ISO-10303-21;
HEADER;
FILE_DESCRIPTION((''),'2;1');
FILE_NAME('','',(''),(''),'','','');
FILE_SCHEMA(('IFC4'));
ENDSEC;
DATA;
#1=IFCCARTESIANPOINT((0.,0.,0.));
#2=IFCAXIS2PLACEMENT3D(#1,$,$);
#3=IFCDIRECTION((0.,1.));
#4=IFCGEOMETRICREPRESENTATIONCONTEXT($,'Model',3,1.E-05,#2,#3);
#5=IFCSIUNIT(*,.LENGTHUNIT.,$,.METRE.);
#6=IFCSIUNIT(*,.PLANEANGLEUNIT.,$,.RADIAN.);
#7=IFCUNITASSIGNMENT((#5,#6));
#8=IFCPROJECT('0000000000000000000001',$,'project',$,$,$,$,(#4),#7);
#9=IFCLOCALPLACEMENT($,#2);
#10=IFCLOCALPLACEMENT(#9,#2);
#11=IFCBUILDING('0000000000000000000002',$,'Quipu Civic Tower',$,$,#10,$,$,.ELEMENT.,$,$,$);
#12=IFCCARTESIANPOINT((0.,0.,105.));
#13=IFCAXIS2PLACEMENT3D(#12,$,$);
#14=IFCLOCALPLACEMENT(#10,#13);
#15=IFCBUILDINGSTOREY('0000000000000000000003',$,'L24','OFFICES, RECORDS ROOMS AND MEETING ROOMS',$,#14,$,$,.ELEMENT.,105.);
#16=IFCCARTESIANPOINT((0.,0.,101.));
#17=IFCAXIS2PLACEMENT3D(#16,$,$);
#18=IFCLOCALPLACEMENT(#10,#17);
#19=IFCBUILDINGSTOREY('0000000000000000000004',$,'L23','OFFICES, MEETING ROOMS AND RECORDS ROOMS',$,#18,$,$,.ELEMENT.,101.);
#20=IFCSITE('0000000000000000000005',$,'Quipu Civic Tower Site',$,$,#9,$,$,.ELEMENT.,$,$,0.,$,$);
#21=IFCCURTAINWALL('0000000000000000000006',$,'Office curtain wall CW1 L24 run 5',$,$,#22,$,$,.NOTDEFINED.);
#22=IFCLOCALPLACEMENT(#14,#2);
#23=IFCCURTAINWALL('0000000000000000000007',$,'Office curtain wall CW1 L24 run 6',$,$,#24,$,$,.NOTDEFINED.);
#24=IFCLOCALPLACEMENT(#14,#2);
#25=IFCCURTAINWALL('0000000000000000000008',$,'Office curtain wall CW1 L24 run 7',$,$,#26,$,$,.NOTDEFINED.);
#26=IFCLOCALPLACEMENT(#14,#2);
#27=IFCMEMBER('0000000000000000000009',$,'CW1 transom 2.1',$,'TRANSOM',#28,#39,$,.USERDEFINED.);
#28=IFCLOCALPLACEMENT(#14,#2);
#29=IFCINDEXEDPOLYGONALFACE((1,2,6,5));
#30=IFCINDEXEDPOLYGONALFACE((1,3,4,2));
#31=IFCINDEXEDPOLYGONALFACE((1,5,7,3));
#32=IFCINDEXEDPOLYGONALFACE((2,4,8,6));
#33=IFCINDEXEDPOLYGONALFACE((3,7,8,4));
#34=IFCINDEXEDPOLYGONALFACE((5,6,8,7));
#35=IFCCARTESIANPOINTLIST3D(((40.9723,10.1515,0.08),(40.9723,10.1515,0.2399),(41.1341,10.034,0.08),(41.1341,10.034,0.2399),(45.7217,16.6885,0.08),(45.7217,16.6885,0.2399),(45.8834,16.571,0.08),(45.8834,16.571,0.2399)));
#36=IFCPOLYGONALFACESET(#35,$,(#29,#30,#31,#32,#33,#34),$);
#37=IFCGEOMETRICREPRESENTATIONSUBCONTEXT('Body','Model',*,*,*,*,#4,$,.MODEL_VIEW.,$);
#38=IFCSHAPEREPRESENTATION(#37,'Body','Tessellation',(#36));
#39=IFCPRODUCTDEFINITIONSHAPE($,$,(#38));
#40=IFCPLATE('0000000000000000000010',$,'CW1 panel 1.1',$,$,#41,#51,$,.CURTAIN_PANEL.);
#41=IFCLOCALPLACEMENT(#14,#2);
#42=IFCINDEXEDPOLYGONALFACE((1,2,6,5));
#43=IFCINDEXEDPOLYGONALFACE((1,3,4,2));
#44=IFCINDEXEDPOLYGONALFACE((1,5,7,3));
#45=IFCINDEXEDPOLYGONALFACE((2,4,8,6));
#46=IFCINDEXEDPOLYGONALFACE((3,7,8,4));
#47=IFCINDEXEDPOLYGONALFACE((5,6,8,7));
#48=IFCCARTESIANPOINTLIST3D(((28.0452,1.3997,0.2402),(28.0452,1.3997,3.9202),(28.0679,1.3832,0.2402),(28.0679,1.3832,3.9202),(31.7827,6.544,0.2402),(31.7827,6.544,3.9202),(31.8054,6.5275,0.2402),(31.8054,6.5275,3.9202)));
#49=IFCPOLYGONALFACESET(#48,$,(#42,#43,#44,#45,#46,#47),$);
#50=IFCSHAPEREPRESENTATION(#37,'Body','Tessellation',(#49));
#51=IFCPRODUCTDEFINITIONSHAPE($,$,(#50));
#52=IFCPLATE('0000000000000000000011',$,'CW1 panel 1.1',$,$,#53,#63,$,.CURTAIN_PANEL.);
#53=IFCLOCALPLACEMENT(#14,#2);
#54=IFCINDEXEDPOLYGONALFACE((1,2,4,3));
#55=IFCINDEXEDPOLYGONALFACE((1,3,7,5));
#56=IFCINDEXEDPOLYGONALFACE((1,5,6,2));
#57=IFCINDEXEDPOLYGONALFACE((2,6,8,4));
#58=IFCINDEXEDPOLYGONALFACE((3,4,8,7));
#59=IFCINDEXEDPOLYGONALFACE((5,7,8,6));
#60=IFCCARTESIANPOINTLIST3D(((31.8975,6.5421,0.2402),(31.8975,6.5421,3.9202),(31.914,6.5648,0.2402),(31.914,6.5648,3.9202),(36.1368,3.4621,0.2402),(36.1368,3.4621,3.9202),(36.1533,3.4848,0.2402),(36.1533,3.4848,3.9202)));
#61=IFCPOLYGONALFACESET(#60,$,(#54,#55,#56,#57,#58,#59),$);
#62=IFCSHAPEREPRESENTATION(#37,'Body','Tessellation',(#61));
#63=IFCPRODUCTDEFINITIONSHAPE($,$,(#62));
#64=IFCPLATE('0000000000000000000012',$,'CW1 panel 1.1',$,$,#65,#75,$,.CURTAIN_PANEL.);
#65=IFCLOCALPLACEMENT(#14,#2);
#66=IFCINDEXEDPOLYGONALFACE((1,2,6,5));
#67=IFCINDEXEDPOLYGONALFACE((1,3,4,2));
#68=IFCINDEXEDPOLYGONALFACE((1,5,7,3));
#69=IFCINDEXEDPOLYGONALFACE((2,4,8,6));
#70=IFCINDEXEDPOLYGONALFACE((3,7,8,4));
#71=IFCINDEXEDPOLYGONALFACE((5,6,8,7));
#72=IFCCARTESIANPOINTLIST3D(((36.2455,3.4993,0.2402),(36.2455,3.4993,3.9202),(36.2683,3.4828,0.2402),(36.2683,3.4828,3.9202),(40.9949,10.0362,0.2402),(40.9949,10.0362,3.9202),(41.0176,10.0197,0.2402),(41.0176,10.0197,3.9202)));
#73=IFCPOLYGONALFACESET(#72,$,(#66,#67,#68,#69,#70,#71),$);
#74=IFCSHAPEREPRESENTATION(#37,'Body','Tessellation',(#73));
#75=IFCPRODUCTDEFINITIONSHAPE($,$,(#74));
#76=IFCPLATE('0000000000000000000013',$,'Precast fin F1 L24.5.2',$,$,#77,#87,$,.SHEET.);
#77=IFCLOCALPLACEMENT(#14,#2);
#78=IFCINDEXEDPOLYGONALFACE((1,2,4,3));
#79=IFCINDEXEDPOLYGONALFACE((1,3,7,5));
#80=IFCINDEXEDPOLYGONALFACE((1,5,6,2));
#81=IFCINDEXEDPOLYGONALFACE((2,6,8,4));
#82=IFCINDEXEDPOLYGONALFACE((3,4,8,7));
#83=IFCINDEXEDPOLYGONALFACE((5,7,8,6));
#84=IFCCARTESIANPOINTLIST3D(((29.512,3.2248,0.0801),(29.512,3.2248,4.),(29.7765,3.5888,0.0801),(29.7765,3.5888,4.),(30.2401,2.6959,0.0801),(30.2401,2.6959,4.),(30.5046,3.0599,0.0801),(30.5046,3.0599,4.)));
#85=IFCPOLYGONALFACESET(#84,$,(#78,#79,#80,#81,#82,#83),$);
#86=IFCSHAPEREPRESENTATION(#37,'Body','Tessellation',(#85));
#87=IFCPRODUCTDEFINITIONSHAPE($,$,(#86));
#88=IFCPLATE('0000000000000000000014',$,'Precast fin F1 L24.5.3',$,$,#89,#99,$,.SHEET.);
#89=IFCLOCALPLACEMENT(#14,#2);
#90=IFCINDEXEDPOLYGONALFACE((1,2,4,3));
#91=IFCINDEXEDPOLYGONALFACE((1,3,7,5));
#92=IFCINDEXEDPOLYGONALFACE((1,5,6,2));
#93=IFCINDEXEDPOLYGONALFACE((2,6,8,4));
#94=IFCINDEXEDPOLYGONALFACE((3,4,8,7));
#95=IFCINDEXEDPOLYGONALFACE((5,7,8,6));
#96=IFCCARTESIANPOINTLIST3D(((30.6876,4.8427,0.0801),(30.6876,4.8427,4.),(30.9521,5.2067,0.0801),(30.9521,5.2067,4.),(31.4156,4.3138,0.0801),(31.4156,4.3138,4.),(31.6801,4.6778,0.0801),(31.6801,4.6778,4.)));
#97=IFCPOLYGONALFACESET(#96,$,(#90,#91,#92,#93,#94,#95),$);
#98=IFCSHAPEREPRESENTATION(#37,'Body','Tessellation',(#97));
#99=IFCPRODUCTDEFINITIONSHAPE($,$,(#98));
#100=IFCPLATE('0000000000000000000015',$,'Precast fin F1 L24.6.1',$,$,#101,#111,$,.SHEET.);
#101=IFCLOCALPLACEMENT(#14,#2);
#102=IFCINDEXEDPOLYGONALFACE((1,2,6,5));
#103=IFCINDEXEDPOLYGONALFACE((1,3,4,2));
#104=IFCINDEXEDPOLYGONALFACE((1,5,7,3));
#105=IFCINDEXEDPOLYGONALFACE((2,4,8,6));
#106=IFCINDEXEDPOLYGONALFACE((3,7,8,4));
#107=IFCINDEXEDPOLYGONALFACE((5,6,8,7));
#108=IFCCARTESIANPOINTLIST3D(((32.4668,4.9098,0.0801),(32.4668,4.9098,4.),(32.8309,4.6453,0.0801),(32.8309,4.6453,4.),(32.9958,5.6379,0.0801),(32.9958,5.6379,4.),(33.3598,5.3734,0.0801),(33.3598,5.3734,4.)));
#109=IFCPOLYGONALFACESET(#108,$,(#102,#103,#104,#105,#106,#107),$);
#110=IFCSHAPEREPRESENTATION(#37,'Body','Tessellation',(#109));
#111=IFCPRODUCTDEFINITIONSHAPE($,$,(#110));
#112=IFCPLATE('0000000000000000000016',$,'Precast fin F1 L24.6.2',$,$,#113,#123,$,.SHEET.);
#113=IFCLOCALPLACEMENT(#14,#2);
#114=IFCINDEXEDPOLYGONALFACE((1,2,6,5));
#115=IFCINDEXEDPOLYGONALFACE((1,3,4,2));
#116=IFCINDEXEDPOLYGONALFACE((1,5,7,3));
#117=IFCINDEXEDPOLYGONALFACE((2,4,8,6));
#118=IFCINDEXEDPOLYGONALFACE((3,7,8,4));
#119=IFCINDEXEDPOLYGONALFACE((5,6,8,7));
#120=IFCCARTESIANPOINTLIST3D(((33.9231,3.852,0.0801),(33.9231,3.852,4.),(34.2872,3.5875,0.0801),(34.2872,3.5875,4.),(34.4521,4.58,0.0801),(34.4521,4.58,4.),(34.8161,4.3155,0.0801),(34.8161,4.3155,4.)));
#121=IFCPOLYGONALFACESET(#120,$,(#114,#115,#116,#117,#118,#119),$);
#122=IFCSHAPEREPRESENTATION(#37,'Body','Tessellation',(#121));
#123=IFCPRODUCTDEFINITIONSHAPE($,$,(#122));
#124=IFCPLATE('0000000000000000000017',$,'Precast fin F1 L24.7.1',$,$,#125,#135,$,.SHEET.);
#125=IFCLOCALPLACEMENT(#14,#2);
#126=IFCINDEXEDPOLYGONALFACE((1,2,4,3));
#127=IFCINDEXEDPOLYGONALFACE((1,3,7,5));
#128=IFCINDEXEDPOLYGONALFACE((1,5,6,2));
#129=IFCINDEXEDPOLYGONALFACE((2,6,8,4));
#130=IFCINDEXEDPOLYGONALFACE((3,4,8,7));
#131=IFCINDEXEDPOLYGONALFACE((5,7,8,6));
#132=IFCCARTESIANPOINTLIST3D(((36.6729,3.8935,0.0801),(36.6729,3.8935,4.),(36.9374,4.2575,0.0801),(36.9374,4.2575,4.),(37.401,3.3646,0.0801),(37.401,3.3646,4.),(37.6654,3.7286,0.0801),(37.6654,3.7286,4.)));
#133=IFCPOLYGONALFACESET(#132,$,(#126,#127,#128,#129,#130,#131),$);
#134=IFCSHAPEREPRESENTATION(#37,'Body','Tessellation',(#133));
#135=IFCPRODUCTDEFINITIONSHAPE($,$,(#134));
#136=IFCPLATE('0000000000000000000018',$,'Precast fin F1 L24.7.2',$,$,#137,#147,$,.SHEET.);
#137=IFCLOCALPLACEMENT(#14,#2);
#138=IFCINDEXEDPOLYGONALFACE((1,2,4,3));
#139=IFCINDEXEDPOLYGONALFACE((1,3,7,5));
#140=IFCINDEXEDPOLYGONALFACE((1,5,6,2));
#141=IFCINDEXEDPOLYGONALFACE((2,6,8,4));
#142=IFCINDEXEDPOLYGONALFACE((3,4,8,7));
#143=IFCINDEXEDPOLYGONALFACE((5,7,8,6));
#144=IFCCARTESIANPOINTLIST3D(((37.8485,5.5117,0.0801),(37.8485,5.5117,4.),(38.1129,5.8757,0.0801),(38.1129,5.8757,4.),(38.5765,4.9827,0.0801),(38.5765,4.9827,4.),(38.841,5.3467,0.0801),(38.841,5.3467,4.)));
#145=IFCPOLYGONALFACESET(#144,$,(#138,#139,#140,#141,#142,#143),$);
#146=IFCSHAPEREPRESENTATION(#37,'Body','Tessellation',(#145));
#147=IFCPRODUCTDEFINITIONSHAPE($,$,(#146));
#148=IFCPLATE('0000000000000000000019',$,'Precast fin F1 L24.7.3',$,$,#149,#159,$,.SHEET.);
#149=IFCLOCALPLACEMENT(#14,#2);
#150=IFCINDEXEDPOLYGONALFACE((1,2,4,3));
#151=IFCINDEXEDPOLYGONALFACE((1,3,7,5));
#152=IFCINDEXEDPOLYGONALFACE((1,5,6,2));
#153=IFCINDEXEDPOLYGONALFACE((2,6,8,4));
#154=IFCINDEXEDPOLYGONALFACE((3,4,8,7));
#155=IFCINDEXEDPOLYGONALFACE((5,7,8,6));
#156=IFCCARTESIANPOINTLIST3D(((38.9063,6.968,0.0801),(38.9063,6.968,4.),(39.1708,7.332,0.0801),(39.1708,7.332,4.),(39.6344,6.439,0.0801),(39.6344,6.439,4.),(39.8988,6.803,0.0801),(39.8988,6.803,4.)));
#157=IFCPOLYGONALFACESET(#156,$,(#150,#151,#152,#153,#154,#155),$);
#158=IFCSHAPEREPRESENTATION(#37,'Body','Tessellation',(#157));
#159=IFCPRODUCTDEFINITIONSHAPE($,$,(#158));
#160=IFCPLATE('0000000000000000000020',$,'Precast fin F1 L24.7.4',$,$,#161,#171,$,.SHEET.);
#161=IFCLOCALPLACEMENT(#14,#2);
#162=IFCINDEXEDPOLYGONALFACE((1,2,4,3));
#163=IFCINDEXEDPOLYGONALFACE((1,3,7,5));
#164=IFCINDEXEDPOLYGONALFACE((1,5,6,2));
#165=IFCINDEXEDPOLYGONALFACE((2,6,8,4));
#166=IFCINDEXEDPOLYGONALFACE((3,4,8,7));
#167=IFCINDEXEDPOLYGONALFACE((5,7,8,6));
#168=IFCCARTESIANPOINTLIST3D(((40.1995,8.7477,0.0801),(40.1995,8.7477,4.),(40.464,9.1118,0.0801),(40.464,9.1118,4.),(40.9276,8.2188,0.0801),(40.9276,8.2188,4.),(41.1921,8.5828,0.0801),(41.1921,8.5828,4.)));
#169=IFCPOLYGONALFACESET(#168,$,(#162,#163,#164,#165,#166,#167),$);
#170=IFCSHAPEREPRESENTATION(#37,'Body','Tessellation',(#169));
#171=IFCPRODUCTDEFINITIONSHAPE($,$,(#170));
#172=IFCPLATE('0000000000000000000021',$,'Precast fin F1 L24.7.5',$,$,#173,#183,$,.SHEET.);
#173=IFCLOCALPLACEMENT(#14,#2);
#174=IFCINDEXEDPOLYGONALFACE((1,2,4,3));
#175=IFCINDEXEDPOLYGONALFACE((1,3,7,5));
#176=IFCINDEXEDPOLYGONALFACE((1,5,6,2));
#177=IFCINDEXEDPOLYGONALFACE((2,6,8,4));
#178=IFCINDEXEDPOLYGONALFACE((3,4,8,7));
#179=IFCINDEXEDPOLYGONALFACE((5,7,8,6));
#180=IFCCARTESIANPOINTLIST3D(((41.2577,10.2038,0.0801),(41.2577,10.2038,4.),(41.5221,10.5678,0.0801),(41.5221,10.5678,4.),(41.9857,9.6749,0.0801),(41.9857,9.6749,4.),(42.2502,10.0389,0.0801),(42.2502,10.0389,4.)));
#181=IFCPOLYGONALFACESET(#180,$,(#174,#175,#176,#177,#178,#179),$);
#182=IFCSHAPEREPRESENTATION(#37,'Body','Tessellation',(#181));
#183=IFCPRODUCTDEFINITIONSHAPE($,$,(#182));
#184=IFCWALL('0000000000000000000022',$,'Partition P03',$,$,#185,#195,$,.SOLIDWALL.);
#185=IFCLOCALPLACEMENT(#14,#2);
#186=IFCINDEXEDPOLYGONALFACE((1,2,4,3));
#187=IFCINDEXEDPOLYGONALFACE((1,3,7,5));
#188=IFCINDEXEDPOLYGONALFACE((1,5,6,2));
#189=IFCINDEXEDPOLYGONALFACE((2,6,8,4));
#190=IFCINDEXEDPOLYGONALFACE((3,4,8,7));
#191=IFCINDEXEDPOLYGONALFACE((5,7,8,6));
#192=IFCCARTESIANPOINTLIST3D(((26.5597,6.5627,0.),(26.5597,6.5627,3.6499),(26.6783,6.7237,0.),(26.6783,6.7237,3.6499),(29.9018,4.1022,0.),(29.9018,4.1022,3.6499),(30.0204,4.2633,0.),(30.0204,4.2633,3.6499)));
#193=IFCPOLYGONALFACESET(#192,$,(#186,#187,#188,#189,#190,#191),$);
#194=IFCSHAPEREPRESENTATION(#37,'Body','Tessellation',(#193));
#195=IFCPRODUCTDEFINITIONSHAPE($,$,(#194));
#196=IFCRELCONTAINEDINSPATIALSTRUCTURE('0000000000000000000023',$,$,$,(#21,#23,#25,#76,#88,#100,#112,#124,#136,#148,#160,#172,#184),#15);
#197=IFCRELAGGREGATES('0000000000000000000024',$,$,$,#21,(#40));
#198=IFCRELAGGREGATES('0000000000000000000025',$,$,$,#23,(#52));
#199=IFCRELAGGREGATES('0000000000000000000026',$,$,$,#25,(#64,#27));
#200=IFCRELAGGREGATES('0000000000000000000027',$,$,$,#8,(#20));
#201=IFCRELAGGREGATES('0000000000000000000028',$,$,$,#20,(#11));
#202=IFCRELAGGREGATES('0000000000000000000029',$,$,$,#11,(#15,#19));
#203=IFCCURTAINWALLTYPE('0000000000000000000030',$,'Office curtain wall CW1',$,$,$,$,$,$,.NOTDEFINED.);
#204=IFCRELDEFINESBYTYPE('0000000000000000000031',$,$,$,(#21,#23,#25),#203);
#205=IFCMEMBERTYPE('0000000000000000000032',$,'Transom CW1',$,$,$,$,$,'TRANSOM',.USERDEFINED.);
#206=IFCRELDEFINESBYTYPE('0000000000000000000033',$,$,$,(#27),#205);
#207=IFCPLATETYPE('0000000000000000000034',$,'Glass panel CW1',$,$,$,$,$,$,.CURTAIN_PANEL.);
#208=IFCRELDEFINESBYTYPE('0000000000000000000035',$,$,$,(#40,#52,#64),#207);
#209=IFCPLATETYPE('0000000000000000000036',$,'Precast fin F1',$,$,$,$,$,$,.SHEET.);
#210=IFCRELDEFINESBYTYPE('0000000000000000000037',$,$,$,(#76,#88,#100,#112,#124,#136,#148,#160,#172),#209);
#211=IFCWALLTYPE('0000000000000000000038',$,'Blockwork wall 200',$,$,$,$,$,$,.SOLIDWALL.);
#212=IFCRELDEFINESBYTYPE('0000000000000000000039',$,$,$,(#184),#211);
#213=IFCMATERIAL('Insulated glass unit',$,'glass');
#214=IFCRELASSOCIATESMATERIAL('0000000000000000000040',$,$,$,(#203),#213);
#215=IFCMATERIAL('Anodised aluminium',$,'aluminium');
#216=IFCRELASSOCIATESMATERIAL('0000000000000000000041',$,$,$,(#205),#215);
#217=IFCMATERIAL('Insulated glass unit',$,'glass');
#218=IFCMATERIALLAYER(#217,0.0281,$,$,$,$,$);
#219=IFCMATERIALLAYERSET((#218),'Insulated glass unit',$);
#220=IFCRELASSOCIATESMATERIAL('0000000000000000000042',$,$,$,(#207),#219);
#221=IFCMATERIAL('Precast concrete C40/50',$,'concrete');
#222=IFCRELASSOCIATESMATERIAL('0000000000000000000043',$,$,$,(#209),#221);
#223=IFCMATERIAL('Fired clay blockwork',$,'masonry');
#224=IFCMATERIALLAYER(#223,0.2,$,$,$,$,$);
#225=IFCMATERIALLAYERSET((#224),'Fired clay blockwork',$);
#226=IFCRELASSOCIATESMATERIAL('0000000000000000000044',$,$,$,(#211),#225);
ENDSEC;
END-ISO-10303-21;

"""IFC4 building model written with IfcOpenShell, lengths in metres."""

from ifc_helpers import new_model, si_unit, direction, frame, frame_2d, origin, origin_2d, place, context, subcontext, project, spatial, rectangle, extrude, material, layer, layer_set, material_profile, profile_set, type_object, element, aggregate, save


model = new_model("IFC4")

# Units and contexts
model_context = context("Model", 3, precision=1e-05, world=origin(), true_north=direction((0.0, 1.0)))
body_context = subcontext(model_context, "Body", "Model", "MODEL_VIEW")
ifc_project = project(units=[si_unit("LENGTHUNIT", "METRE"), si_unit("PLANEANGLEUNIT", "RADIAN")], contexts=[model_context])

# Site, building, storey
site_placement = place(None, origin())
site = spatial("IfcSite", under=ifc_project, at=site_placement, Name="Quipu Civic Tower Site", CompositionType="ELEMENT", RefElevation=0.0)
building_placement = place(site_placement, origin())
building = spatial("IfcBuilding", under=site, at=building_placement, Name="Quipu Civic Tower", CompositionType="ELEMENT")
storey_1_placement = place(building_placement, frame((0.0, 0.0, 105.0)))
storey_1 = spatial("IfcBuildingStorey", under=building, at=storey_1_placement, Name="L24", Description="OFFICES, RECORDS ROOMS AND MEETING ROOMS", CompositionType="ELEMENT", Elevation=105.0)

# Curtain wall
ifc_material_1 = material(Name="Insulated glass unit", Category="glass")
curtain_wall_type = type_object("IfcCurtainWallType", Name="Office curtain wall CW1", PredefinedType="NOTDEFINED", material=ifc_material_1)
curtain_wall_1_placement = place(storey_1_placement, origin())
curtain_wall_1 = element("IfcCurtainWall", 1, at=curtain_wall_1_placement, inside=storey_1, type_object=curtain_wall_type, Name="Office curtain wall CW1 L24 run 5", PredefinedType="NOTDEFINED")

# Curtain walls
curtain_wall_2_placement = place(storey_1_placement, origin())
curtain_wall_2 = element("IfcCurtainWall", 2, at=curtain_wall_2_placement, inside=storey_1, type_object=curtain_wall_type, Name="Office curtain wall CW1 L24 run 6", PredefinedType="NOTDEFINED")
curtain_wall_3_placement = place(storey_1_placement, origin())
curtain_wall_3 = element("IfcCurtainWall", 3, at=curtain_wall_3_placement, inside=storey_1, type_object=curtain_wall_type, Name="Office curtain wall CW1 L24 run 7", PredefinedType="NOTDEFINED")

# Shared definitions
storey_2_placement = place(building_placement, frame((0.0, 0.0, 101.0)))
storey_2 = spatial("IfcBuildingStorey", under=building, at=storey_2_placement, Name="L23", Description="OFFICES, MEETING ROOMS AND RECORDS ROOMS", CompositionType="ELEMENT", Elevation=101.0)

# Shared definitions
ifc_material_2 = material(Name="Anodised aluminium", Category="aluminium")
ifc_material_profile_1 = material_profile(ifc_material_2, rectangle(XDim=0.2, YDim=0.1599, at=origin_2d()), Name="RECT 200x160")
ifc_profile_set_1 = profile_set([ifc_material_profile_1], Name="Anodised aluminium")
member_type_1 = type_object("IfcMemberType", Name="Transom CW1", ElementType="TRANSOM", PredefinedType="USERDEFINED", material=ifc_profile_set_1)

# Member
member_1_placement = place(storey_1_placement, frame((41.0532, 10.0928, 0.1599), z_axis=(0.587782, 0.80902, 0.0), x_axis=(-0.80902, 0.587782, 0.0)))
member_1 = element("IfcMember", 4, at=member_1_placement, type_object=member_type_1, Name="CW1 transom 2.1", ObjectType="TRANSOM", PredefinedType="USERDEFINED", context=body_context, shape_type="SweptSolid", body=[
    extrude(rectangle(XDim=0.2, YDim=0.1599, at=origin_2d()), origin(), (0.0, 0.0, 1.0), 8.0801),
])

# Plates
ifc_material_3 = material(Name="Insulated glass unit", Category="glass")
ifc_layer_1 = layer(ifc_material_3, 0.0281)
ifc_layer_set_1 = layer_set([ifc_layer_1], Name="Insulated glass unit")
plate_type_1 = type_object("IfcPlateType", Name="Glass panel CW1", PredefinedType="CURTAIN_PANEL", material=ifc_layer_set_1)
plate_1_placement = place(storey_1_placement, frame((29.9253, 3.9636, 0.2402), z_axis=(0.0, 0.0, 1.0), x_axis=(0.587778, 0.809022, 0.0)))
plate_1 = element("IfcPlate", 5, at=plate_1_placement, type_object=plate_type_1, Name="CW1 panel 1.1", PredefinedType="CURTAIN_PANEL", context=body_context, shape_type="SweptSolid", body=[
    extrude(rectangle(XDim=6.3586, YDim=0.0281, at=origin_2d()), origin(), (0.0, 0.0, 1.0), 3.6799),
])
aggregate(curtain_wall_1, [plate_1])
plate_2_placement = place(storey_1_placement, frame((34.0254, 5.0134, 0.2402), z_axis=(0.0, 0.0, 1.0), x_axis=(0.809021, -0.58778, 0.0)))
plate_2 = element("IfcPlate", 6, at=plate_2_placement, type_object=plate_type_1, Name="CW1 panel 1.1", PredefinedType="CURTAIN_PANEL", context=body_context, shape_type="SweptSolid", body=[
    extrude(rectangle(XDim=5.24, YDim=0.0281, at=origin_2d()), origin(), (0.0, 0.0, 1.0), 3.6799),
])
aggregate(curtain_wall_2, [plate_2])
plate_3_placement = place(storey_1_placement, frame((38.6316, 6.7595, 0.2402), z_axis=(0.0, 0.0, 1.0), x_axis=(0.587788, 0.809015, 0.0)))
plate_3 = element("IfcPlate", 7, at=plate_3_placement, type_object=plate_type_1, Name="CW1 panel 1.1", PredefinedType="CURTAIN_PANEL", context=body_context, shape_type="SweptSolid", body=[
    extrude(rectangle(XDim=8.0801, YDim=0.0281, at=origin_2d()), origin(), (0.0, 0.0, 1.0), 3.6799),
])
aggregate(curtain_wall_3, [plate_3, member_1])

# Plates
ifc_material_4 = material(Name="Precast concrete C40/50", Category="concrete")
plate_type_2 = type_object("IfcPlateType", Name="Precast fin F1", PredefinedType="SHEET", material=ifc_material_4)
for number, where, z_axis, x_axis, name in (
    (8, (30.0083, 3.1423, 0.0801), (0.0, 0.0, 1.0), (0.587784, 0.809018, 0.0), "Precast fin F1 L24.5.2"),
    (9, (31.1838, 4.7603, 0.0801), (0.0, 0.0, 1.0), (0.587784, 0.809018, 0.0), "Precast fin F1 L24.5.3"),
    (10, (32.9133, 5.1416, 0.0801), (0.0, 0.0, 1.0), (0.809021, -0.58778, 0.0), "Precast fin F1 L24.6.1"),
    (11, (34.3696, 4.0837, 0.0801), (0.0, 0.0, 1.0), (0.809021, -0.58778, 0.0), "Precast fin F1 L24.6.2"),
    (12, (37.1692, 3.811, 0.0801), (0.0, 0.0, 1.0), (0.587787, 0.809016, 0.0), "Precast fin F1 L24.7.1"),
    (13, (38.3447, 5.4292, 0.0801), (0.0, 0.0, 1.0), (0.587787, 0.809016, 0.0), "Precast fin F1 L24.7.2"),
    (14, (39.4026, 6.8855, 0.0801), (0.0, 0.0, 1.0), (0.587787, 0.809016, 0.0), "Precast fin F1 L24.7.3"),
    (15, (40.6958, 8.6653, 0.0801), (0.0, 0.0, 1.0), (0.587787, 0.809016, 0.0), "Precast fin F1 L24.7.4"),
    (16, (41.7539, 10.1213, 0.0801), (0.0, 0.0, 1.0), (0.587787, 0.809016, 0.0), "Precast fin F1 L24.7.5"),
):
    element("IfcPlate", number, at=place(storey_1_placement, frame(where, z_axis=z_axis, x_axis=x_axis)), inside=storey_1, type_object=plate_type_2, Name=name, PredefinedType="SHEET", context=body_context, shape_type="SweptSolid", body=[
        extrude(rectangle(XDim=0.45, YDim=0.8999, at=origin_2d()), origin(), (0.0, 0.0, 1.0), 3.9199),
    ])

# Wall
ifc_material_5 = material(Name="Fired clay blockwork", Category="masonry")
ifc_layer_2 = layer(ifc_material_5, 0.2)
ifc_layer_set_2 = layer_set([ifc_layer_2], Name="Fired clay blockwork")
wall_type = type_object("IfcWallType", Name="Blockwork wall 200", PredefinedType="SOLIDWALL", material=ifc_layer_set_2)
wall_placement = place(storey_1_placement, frame((26.6189, 6.6433, 0.0), z_axis=(0.0, 0.0, 1.0), x_axis=(0.805298, -0.59287, 0.0)))
element("IfcWall", 17, at=wall_placement, inside=storey_1, type_object=wall_type, Name="Partition P03", PredefinedType="SOLIDWALL", context=body_context, shape_type="SweptSolid", body=[
    extrude(rectangle(XDim=4.1501, YDim=0.2, at=frame_2d((2.0752, 0.0))), origin(), (0.0, 0.0, 1.0), 3.6499),
])

save(model, "model.ifc")
